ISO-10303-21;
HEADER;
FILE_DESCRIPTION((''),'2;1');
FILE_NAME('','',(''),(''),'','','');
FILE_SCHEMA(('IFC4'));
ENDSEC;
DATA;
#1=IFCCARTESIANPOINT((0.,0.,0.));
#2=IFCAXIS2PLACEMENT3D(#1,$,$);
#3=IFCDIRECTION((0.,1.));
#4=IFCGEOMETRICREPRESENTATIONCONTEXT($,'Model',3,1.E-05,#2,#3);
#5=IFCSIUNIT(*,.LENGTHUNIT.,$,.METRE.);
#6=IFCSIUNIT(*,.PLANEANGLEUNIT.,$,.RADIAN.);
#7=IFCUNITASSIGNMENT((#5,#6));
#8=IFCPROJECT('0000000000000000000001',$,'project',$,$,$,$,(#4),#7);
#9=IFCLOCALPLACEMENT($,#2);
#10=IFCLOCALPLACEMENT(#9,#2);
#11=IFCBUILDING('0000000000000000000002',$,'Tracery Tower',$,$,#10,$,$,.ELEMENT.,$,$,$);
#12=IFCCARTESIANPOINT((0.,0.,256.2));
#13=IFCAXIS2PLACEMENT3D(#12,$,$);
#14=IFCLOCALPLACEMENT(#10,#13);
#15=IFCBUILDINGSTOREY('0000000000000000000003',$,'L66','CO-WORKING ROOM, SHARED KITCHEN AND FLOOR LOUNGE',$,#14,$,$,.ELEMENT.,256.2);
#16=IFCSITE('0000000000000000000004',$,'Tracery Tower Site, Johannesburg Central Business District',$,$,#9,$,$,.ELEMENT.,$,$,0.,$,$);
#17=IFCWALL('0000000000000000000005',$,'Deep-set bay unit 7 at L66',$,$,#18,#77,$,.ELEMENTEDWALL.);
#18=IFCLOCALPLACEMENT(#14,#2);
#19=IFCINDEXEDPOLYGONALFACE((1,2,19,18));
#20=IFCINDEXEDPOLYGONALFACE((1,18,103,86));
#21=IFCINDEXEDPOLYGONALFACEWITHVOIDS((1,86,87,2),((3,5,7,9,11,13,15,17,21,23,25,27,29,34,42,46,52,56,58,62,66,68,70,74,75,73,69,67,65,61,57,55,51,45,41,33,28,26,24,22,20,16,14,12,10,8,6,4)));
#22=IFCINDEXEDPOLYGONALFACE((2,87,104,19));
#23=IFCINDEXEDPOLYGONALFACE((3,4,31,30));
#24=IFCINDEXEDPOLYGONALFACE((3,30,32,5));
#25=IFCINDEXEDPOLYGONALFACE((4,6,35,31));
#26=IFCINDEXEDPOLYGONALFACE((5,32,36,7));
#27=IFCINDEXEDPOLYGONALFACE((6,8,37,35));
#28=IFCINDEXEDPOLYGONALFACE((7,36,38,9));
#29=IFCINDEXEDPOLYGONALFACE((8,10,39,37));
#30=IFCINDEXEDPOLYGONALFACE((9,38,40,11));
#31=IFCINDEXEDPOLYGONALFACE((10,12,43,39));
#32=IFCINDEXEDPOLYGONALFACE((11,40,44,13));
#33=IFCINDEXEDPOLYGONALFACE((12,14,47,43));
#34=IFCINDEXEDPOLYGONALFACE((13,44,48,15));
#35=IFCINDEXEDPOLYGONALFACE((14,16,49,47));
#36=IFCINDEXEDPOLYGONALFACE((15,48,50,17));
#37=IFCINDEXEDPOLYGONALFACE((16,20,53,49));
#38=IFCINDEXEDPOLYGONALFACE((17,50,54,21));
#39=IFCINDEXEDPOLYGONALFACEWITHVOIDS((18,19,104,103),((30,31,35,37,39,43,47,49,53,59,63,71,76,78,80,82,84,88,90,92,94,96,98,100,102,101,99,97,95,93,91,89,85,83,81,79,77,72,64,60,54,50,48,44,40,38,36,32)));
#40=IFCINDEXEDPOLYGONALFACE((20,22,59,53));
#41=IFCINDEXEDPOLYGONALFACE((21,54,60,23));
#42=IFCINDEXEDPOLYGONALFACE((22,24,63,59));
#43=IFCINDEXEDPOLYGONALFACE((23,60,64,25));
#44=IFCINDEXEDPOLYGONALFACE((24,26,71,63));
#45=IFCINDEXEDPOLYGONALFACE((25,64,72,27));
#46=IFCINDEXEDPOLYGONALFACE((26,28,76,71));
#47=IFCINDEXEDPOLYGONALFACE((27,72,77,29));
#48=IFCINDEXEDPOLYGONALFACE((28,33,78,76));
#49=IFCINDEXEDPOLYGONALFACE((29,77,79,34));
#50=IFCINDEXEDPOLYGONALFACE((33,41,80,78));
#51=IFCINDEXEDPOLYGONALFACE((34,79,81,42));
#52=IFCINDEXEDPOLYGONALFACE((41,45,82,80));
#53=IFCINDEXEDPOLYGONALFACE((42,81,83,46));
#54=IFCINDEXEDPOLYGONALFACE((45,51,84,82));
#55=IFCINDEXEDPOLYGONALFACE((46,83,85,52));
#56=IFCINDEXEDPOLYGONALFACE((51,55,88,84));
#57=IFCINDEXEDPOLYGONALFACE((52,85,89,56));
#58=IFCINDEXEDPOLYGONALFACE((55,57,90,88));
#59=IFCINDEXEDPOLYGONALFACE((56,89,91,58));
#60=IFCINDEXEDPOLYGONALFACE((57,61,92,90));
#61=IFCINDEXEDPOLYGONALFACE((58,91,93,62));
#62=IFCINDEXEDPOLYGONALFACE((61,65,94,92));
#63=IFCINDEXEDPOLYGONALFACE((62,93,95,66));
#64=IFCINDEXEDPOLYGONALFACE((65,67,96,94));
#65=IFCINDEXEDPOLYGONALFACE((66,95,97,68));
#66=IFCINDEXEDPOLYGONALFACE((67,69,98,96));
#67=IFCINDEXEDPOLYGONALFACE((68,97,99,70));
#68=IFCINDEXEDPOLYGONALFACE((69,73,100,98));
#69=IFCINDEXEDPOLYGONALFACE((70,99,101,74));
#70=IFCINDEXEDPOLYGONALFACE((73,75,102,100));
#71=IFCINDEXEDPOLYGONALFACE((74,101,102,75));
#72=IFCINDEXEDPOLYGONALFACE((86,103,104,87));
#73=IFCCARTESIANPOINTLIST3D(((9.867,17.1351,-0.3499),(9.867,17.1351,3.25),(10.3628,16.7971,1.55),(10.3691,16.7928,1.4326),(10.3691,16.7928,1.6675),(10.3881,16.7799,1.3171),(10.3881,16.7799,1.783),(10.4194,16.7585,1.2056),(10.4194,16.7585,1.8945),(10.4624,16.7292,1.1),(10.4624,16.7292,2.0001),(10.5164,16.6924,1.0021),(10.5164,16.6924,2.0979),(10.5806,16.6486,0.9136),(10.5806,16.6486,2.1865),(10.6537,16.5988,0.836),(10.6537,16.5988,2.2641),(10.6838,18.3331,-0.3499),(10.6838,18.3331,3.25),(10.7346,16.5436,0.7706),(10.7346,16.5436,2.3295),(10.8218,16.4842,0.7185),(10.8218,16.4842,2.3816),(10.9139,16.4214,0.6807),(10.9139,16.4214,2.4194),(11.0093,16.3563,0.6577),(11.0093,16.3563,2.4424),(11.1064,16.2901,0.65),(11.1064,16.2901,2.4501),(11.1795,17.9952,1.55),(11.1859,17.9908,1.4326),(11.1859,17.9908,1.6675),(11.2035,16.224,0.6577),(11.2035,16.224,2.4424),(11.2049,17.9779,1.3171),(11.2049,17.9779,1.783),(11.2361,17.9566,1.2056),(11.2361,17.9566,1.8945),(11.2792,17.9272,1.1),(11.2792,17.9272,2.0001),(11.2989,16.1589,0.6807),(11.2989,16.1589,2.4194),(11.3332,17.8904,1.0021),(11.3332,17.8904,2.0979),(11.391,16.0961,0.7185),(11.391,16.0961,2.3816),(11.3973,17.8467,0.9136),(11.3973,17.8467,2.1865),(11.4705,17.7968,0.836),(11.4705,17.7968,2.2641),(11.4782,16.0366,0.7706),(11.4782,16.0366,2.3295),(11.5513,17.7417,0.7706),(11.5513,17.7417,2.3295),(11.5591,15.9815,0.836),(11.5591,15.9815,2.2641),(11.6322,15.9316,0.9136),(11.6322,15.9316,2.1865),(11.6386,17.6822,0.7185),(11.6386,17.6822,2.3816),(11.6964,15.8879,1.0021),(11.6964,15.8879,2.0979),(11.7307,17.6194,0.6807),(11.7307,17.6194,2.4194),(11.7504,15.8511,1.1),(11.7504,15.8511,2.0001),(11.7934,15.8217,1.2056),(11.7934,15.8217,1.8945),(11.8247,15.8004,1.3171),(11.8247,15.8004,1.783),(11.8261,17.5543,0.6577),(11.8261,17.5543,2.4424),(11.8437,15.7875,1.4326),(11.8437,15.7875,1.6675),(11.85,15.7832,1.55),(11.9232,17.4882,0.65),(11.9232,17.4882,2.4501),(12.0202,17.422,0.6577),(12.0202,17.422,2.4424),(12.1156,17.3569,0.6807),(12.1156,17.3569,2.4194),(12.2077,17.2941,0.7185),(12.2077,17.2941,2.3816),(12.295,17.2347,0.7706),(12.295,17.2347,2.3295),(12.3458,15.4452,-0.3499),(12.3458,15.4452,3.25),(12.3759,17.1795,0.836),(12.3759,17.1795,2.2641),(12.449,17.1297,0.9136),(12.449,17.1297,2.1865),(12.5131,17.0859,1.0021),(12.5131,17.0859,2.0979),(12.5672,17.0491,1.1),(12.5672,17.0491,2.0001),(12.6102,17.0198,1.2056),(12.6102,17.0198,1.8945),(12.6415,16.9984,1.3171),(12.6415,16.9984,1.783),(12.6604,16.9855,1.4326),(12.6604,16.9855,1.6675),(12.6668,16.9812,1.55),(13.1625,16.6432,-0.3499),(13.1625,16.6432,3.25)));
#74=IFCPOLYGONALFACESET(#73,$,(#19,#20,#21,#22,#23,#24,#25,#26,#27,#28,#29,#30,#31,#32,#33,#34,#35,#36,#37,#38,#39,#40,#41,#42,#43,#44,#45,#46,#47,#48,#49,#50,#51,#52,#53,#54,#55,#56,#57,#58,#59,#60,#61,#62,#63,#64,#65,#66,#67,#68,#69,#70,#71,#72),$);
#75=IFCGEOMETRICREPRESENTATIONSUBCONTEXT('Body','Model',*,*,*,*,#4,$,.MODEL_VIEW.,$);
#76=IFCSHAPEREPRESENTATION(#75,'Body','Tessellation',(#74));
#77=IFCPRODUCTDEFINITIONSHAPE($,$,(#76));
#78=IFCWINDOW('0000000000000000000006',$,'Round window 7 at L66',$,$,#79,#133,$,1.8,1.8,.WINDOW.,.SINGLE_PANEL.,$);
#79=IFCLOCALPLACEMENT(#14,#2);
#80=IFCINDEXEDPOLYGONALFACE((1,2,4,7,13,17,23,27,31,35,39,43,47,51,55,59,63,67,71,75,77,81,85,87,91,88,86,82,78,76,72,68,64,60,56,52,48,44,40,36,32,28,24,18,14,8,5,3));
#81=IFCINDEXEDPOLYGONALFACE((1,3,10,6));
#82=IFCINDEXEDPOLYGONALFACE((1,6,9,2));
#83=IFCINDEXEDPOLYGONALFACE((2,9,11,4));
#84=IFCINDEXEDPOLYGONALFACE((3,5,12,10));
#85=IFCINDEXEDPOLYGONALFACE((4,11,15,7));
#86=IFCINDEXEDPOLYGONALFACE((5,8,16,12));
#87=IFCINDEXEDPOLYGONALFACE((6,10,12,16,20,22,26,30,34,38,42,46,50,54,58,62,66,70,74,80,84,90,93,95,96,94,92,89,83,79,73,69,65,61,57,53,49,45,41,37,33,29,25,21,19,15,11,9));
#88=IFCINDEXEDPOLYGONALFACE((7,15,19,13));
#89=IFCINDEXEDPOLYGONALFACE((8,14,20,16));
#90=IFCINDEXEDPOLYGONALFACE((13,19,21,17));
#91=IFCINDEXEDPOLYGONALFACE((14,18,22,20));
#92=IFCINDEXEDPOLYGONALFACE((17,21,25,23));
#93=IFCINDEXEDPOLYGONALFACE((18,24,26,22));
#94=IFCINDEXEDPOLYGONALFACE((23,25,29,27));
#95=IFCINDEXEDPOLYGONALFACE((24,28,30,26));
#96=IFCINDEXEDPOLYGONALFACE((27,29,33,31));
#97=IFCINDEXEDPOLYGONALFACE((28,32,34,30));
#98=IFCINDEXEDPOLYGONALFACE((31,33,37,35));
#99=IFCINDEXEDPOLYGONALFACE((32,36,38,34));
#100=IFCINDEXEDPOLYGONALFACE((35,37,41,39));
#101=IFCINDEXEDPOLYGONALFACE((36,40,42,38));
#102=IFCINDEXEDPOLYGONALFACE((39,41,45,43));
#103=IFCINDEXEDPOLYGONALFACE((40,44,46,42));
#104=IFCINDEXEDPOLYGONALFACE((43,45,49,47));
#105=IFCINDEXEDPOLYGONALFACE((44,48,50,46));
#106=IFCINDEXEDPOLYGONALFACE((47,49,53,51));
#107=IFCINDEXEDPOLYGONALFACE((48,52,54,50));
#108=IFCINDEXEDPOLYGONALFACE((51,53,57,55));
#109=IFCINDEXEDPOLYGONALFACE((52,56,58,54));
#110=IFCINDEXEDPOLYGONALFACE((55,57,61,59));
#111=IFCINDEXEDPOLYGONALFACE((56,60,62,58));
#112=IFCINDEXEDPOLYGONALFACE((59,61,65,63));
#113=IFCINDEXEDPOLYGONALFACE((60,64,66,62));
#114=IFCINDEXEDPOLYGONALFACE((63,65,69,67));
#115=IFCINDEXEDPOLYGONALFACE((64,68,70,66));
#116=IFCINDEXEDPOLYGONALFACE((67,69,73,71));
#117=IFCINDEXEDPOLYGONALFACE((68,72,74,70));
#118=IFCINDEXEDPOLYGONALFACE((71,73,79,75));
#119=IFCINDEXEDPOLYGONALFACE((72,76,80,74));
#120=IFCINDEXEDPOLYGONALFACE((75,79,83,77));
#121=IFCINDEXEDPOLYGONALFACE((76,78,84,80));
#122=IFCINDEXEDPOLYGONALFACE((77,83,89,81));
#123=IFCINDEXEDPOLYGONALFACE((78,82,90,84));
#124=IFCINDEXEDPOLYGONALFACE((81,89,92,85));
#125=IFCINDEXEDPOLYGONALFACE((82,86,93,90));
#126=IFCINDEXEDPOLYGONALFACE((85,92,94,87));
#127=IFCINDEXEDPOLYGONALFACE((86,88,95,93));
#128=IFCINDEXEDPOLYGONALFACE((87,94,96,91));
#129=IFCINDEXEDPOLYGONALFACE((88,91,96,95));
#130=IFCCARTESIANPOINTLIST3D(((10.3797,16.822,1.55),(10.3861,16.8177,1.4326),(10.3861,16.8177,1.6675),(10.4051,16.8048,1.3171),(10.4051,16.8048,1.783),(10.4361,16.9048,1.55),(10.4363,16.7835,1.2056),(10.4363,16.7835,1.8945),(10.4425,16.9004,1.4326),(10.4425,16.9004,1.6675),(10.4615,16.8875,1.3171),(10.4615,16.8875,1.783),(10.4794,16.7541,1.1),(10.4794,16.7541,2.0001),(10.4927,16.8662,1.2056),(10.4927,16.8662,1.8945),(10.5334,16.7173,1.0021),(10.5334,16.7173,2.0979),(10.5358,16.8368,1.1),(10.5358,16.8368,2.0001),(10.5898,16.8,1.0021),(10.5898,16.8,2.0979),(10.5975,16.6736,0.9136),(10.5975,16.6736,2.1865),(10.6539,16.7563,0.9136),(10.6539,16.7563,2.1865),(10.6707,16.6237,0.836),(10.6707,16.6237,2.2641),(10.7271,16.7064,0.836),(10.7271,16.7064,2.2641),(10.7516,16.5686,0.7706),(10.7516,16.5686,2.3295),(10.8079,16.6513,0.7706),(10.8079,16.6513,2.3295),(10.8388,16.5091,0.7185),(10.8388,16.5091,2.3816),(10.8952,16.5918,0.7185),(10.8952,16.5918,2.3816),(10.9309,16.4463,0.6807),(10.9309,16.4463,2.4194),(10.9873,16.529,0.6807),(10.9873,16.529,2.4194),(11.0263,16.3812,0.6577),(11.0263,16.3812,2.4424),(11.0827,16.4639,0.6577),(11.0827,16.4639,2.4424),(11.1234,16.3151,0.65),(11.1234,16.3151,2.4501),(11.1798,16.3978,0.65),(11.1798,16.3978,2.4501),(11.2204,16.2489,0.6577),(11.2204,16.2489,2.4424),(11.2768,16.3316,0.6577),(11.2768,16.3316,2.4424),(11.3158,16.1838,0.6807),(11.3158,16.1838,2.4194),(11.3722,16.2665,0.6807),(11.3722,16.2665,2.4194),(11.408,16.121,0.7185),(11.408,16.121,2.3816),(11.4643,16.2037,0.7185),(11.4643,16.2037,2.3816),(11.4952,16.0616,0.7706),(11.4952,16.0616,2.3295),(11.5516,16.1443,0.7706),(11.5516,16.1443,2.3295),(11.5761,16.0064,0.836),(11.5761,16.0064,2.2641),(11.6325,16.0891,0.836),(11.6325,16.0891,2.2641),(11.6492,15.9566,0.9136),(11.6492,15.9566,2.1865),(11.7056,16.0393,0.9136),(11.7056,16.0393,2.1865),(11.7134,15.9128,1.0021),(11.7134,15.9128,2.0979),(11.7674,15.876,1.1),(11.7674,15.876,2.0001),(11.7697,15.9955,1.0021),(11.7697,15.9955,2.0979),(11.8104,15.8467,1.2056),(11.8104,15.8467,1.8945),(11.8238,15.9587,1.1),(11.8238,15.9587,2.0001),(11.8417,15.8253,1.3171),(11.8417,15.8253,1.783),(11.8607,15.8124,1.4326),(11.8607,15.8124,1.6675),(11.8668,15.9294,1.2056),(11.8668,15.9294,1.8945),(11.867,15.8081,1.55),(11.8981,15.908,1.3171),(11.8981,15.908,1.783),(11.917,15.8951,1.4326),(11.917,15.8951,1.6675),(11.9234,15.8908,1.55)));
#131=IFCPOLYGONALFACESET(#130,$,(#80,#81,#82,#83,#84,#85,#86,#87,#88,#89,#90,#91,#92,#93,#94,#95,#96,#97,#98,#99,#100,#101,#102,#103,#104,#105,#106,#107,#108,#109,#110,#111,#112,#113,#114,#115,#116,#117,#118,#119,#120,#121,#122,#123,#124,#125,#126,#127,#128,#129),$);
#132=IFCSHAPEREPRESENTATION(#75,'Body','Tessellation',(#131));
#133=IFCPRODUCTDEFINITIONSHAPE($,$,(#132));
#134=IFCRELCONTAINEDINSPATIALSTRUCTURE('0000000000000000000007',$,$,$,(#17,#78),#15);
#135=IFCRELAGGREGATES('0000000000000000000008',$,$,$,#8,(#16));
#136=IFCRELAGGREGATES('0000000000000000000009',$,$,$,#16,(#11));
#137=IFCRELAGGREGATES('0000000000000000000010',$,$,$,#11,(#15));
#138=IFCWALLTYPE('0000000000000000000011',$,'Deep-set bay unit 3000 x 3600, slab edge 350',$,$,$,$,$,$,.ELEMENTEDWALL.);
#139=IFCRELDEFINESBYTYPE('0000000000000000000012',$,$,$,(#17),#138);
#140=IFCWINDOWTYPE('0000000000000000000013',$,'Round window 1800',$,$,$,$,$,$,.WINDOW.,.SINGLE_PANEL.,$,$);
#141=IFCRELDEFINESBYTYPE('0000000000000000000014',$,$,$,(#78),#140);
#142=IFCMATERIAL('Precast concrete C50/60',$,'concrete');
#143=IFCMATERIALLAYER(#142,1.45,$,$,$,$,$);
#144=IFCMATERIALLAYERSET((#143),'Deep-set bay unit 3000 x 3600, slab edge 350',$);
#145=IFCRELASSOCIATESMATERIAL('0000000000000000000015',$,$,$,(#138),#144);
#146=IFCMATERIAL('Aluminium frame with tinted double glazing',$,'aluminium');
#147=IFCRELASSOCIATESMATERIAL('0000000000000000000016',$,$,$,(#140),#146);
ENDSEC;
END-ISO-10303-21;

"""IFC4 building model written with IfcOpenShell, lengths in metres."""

from ifc_helpers import new_model, si_unit, direction, frame, frame_2d, origin, origin_2d, place, context, subcontext, project, spatial, rectangle, circle, extrude, material, layer, layer_set, type_object, element, fill, save


model = new_model("IFC4")

# Units and contexts
model_context = context("Model", 3, precision=1e-05, world=origin(), true_north=direction((0.0, 1.0)))
body_context = subcontext(model_context, "Body", "Model", "MODEL_VIEW")
ifc_project = project(units=[si_unit("LENGTHUNIT", "METRE"), si_unit("PLANEANGLEUNIT", "RADIAN")], contexts=[model_context])

# Site, building, storey
site_placement = place(None, origin())
site = spatial("IfcSite", under=ifc_project, at=site_placement, Name="Tracery Tower Site, Johannesburg Central Business District", CompositionType="ELEMENT", RefElevation=0.0)
building_placement = place(site_placement, origin())
building = spatial("IfcBuilding", under=site, at=building_placement, Name="Tracery Tower", CompositionType="ELEMENT")
storey_placement = place(building_placement, frame((0.0, 0.0, 256.2)))
storey = spatial("IfcBuildingStorey", under=building, at=storey_placement, Name="L66", Description="CO-WORKING ROOM, SHARED KITCHEN AND FLOOR LOUNGE", CompositionType="ELEMENT", Elevation=256.2)

# Wall, opening, window
ifc_material_1 = material(Name="Precast concrete C50/60", Category="concrete")
ifc_layer_1 = layer(ifc_material_1, 1.45)
ifc_layer_set_1 = layer_set([ifc_layer_1], Name="Deep-set bay unit 3000 x 3600, slab edge 350")
wall_type_1 = type_object("IfcWallType", Name="Deep-set bay unit 3000 x 3600, slab edge 350", PredefinedType="ELEMENTEDWALL", material=ifc_layer_set_1)
ifc_material_2 = material(Name="Aluminium frame with tinted double glazing", Category="aluminium")
window_type = type_object("IfcWindowType", Name="Round window 1800", PartitioningType="SINGLE_PANEL", PredefinedType="WINDOW", material=ifc_material_2)
wall_1_placement = place(storey_placement, frame((12.7542, 16.0442, -0.3499), z_axis=(0.0, 0.0, 1.0), x_axis=(-0.826246, 0.563309, 0.0)))
wall_1 = element("IfcWall", 1, at=wall_1_placement, inside=storey, type_object=wall_type_1, Name="Deep-set bay unit 7 at L66", PredefinedType="ELEMENTEDWALL", context=body_context, shape_type="SweptSolid", body=[
    extrude(rectangle(XDim=3.0, YDim=1.45, at=frame_2d((1.5, 0.0))), origin(), (0.0, 0.0, 1.0), 3.5999),
])
opening_1_placement = place(wall_1_placement, frame((1.5, 0.0, 1.8999)))
opening_1 = element("IfcOpeningElement", 2, at=opening_1_placement, cuts=wall_1, PredefinedType="OPENING", context=body_context, shape_type="SweptSolid", body=[
    extrude(circle(Radius=0.9, at=origin_2d()), frame((0.0, 0.7349, 0.0), z_axis=(0.0, -1.0, 0.0), x_axis=(1.0, 0.0, 0.0)), (0.0, 0.0, 1.0), 1.47),
])
window_1_placement = place(opening_1_placement, origin())
window_1 = element("IfcWindow", 3, at=window_1_placement, inside=storey, type_object=window_type, Name="Round window 7 at L66", OverallHeight=1.8, OverallWidth=1.8, PartitioningType="SINGLE_PANEL", PredefinedType="WINDOW", context=body_context, shape_type="SweptSolid", body=[
    extrude(circle(Radius=0.9, at=origin_2d()), frame((0.0, 0.6948, 0.0), z_axis=(0.0, -1.0, 0.0), x_axis=(1.0, 0.0, 0.0)), (0.0, 0.0, 1.0), 0.1001),
])
fill(opening_1, window_1)

save(model, "model.ifc")
